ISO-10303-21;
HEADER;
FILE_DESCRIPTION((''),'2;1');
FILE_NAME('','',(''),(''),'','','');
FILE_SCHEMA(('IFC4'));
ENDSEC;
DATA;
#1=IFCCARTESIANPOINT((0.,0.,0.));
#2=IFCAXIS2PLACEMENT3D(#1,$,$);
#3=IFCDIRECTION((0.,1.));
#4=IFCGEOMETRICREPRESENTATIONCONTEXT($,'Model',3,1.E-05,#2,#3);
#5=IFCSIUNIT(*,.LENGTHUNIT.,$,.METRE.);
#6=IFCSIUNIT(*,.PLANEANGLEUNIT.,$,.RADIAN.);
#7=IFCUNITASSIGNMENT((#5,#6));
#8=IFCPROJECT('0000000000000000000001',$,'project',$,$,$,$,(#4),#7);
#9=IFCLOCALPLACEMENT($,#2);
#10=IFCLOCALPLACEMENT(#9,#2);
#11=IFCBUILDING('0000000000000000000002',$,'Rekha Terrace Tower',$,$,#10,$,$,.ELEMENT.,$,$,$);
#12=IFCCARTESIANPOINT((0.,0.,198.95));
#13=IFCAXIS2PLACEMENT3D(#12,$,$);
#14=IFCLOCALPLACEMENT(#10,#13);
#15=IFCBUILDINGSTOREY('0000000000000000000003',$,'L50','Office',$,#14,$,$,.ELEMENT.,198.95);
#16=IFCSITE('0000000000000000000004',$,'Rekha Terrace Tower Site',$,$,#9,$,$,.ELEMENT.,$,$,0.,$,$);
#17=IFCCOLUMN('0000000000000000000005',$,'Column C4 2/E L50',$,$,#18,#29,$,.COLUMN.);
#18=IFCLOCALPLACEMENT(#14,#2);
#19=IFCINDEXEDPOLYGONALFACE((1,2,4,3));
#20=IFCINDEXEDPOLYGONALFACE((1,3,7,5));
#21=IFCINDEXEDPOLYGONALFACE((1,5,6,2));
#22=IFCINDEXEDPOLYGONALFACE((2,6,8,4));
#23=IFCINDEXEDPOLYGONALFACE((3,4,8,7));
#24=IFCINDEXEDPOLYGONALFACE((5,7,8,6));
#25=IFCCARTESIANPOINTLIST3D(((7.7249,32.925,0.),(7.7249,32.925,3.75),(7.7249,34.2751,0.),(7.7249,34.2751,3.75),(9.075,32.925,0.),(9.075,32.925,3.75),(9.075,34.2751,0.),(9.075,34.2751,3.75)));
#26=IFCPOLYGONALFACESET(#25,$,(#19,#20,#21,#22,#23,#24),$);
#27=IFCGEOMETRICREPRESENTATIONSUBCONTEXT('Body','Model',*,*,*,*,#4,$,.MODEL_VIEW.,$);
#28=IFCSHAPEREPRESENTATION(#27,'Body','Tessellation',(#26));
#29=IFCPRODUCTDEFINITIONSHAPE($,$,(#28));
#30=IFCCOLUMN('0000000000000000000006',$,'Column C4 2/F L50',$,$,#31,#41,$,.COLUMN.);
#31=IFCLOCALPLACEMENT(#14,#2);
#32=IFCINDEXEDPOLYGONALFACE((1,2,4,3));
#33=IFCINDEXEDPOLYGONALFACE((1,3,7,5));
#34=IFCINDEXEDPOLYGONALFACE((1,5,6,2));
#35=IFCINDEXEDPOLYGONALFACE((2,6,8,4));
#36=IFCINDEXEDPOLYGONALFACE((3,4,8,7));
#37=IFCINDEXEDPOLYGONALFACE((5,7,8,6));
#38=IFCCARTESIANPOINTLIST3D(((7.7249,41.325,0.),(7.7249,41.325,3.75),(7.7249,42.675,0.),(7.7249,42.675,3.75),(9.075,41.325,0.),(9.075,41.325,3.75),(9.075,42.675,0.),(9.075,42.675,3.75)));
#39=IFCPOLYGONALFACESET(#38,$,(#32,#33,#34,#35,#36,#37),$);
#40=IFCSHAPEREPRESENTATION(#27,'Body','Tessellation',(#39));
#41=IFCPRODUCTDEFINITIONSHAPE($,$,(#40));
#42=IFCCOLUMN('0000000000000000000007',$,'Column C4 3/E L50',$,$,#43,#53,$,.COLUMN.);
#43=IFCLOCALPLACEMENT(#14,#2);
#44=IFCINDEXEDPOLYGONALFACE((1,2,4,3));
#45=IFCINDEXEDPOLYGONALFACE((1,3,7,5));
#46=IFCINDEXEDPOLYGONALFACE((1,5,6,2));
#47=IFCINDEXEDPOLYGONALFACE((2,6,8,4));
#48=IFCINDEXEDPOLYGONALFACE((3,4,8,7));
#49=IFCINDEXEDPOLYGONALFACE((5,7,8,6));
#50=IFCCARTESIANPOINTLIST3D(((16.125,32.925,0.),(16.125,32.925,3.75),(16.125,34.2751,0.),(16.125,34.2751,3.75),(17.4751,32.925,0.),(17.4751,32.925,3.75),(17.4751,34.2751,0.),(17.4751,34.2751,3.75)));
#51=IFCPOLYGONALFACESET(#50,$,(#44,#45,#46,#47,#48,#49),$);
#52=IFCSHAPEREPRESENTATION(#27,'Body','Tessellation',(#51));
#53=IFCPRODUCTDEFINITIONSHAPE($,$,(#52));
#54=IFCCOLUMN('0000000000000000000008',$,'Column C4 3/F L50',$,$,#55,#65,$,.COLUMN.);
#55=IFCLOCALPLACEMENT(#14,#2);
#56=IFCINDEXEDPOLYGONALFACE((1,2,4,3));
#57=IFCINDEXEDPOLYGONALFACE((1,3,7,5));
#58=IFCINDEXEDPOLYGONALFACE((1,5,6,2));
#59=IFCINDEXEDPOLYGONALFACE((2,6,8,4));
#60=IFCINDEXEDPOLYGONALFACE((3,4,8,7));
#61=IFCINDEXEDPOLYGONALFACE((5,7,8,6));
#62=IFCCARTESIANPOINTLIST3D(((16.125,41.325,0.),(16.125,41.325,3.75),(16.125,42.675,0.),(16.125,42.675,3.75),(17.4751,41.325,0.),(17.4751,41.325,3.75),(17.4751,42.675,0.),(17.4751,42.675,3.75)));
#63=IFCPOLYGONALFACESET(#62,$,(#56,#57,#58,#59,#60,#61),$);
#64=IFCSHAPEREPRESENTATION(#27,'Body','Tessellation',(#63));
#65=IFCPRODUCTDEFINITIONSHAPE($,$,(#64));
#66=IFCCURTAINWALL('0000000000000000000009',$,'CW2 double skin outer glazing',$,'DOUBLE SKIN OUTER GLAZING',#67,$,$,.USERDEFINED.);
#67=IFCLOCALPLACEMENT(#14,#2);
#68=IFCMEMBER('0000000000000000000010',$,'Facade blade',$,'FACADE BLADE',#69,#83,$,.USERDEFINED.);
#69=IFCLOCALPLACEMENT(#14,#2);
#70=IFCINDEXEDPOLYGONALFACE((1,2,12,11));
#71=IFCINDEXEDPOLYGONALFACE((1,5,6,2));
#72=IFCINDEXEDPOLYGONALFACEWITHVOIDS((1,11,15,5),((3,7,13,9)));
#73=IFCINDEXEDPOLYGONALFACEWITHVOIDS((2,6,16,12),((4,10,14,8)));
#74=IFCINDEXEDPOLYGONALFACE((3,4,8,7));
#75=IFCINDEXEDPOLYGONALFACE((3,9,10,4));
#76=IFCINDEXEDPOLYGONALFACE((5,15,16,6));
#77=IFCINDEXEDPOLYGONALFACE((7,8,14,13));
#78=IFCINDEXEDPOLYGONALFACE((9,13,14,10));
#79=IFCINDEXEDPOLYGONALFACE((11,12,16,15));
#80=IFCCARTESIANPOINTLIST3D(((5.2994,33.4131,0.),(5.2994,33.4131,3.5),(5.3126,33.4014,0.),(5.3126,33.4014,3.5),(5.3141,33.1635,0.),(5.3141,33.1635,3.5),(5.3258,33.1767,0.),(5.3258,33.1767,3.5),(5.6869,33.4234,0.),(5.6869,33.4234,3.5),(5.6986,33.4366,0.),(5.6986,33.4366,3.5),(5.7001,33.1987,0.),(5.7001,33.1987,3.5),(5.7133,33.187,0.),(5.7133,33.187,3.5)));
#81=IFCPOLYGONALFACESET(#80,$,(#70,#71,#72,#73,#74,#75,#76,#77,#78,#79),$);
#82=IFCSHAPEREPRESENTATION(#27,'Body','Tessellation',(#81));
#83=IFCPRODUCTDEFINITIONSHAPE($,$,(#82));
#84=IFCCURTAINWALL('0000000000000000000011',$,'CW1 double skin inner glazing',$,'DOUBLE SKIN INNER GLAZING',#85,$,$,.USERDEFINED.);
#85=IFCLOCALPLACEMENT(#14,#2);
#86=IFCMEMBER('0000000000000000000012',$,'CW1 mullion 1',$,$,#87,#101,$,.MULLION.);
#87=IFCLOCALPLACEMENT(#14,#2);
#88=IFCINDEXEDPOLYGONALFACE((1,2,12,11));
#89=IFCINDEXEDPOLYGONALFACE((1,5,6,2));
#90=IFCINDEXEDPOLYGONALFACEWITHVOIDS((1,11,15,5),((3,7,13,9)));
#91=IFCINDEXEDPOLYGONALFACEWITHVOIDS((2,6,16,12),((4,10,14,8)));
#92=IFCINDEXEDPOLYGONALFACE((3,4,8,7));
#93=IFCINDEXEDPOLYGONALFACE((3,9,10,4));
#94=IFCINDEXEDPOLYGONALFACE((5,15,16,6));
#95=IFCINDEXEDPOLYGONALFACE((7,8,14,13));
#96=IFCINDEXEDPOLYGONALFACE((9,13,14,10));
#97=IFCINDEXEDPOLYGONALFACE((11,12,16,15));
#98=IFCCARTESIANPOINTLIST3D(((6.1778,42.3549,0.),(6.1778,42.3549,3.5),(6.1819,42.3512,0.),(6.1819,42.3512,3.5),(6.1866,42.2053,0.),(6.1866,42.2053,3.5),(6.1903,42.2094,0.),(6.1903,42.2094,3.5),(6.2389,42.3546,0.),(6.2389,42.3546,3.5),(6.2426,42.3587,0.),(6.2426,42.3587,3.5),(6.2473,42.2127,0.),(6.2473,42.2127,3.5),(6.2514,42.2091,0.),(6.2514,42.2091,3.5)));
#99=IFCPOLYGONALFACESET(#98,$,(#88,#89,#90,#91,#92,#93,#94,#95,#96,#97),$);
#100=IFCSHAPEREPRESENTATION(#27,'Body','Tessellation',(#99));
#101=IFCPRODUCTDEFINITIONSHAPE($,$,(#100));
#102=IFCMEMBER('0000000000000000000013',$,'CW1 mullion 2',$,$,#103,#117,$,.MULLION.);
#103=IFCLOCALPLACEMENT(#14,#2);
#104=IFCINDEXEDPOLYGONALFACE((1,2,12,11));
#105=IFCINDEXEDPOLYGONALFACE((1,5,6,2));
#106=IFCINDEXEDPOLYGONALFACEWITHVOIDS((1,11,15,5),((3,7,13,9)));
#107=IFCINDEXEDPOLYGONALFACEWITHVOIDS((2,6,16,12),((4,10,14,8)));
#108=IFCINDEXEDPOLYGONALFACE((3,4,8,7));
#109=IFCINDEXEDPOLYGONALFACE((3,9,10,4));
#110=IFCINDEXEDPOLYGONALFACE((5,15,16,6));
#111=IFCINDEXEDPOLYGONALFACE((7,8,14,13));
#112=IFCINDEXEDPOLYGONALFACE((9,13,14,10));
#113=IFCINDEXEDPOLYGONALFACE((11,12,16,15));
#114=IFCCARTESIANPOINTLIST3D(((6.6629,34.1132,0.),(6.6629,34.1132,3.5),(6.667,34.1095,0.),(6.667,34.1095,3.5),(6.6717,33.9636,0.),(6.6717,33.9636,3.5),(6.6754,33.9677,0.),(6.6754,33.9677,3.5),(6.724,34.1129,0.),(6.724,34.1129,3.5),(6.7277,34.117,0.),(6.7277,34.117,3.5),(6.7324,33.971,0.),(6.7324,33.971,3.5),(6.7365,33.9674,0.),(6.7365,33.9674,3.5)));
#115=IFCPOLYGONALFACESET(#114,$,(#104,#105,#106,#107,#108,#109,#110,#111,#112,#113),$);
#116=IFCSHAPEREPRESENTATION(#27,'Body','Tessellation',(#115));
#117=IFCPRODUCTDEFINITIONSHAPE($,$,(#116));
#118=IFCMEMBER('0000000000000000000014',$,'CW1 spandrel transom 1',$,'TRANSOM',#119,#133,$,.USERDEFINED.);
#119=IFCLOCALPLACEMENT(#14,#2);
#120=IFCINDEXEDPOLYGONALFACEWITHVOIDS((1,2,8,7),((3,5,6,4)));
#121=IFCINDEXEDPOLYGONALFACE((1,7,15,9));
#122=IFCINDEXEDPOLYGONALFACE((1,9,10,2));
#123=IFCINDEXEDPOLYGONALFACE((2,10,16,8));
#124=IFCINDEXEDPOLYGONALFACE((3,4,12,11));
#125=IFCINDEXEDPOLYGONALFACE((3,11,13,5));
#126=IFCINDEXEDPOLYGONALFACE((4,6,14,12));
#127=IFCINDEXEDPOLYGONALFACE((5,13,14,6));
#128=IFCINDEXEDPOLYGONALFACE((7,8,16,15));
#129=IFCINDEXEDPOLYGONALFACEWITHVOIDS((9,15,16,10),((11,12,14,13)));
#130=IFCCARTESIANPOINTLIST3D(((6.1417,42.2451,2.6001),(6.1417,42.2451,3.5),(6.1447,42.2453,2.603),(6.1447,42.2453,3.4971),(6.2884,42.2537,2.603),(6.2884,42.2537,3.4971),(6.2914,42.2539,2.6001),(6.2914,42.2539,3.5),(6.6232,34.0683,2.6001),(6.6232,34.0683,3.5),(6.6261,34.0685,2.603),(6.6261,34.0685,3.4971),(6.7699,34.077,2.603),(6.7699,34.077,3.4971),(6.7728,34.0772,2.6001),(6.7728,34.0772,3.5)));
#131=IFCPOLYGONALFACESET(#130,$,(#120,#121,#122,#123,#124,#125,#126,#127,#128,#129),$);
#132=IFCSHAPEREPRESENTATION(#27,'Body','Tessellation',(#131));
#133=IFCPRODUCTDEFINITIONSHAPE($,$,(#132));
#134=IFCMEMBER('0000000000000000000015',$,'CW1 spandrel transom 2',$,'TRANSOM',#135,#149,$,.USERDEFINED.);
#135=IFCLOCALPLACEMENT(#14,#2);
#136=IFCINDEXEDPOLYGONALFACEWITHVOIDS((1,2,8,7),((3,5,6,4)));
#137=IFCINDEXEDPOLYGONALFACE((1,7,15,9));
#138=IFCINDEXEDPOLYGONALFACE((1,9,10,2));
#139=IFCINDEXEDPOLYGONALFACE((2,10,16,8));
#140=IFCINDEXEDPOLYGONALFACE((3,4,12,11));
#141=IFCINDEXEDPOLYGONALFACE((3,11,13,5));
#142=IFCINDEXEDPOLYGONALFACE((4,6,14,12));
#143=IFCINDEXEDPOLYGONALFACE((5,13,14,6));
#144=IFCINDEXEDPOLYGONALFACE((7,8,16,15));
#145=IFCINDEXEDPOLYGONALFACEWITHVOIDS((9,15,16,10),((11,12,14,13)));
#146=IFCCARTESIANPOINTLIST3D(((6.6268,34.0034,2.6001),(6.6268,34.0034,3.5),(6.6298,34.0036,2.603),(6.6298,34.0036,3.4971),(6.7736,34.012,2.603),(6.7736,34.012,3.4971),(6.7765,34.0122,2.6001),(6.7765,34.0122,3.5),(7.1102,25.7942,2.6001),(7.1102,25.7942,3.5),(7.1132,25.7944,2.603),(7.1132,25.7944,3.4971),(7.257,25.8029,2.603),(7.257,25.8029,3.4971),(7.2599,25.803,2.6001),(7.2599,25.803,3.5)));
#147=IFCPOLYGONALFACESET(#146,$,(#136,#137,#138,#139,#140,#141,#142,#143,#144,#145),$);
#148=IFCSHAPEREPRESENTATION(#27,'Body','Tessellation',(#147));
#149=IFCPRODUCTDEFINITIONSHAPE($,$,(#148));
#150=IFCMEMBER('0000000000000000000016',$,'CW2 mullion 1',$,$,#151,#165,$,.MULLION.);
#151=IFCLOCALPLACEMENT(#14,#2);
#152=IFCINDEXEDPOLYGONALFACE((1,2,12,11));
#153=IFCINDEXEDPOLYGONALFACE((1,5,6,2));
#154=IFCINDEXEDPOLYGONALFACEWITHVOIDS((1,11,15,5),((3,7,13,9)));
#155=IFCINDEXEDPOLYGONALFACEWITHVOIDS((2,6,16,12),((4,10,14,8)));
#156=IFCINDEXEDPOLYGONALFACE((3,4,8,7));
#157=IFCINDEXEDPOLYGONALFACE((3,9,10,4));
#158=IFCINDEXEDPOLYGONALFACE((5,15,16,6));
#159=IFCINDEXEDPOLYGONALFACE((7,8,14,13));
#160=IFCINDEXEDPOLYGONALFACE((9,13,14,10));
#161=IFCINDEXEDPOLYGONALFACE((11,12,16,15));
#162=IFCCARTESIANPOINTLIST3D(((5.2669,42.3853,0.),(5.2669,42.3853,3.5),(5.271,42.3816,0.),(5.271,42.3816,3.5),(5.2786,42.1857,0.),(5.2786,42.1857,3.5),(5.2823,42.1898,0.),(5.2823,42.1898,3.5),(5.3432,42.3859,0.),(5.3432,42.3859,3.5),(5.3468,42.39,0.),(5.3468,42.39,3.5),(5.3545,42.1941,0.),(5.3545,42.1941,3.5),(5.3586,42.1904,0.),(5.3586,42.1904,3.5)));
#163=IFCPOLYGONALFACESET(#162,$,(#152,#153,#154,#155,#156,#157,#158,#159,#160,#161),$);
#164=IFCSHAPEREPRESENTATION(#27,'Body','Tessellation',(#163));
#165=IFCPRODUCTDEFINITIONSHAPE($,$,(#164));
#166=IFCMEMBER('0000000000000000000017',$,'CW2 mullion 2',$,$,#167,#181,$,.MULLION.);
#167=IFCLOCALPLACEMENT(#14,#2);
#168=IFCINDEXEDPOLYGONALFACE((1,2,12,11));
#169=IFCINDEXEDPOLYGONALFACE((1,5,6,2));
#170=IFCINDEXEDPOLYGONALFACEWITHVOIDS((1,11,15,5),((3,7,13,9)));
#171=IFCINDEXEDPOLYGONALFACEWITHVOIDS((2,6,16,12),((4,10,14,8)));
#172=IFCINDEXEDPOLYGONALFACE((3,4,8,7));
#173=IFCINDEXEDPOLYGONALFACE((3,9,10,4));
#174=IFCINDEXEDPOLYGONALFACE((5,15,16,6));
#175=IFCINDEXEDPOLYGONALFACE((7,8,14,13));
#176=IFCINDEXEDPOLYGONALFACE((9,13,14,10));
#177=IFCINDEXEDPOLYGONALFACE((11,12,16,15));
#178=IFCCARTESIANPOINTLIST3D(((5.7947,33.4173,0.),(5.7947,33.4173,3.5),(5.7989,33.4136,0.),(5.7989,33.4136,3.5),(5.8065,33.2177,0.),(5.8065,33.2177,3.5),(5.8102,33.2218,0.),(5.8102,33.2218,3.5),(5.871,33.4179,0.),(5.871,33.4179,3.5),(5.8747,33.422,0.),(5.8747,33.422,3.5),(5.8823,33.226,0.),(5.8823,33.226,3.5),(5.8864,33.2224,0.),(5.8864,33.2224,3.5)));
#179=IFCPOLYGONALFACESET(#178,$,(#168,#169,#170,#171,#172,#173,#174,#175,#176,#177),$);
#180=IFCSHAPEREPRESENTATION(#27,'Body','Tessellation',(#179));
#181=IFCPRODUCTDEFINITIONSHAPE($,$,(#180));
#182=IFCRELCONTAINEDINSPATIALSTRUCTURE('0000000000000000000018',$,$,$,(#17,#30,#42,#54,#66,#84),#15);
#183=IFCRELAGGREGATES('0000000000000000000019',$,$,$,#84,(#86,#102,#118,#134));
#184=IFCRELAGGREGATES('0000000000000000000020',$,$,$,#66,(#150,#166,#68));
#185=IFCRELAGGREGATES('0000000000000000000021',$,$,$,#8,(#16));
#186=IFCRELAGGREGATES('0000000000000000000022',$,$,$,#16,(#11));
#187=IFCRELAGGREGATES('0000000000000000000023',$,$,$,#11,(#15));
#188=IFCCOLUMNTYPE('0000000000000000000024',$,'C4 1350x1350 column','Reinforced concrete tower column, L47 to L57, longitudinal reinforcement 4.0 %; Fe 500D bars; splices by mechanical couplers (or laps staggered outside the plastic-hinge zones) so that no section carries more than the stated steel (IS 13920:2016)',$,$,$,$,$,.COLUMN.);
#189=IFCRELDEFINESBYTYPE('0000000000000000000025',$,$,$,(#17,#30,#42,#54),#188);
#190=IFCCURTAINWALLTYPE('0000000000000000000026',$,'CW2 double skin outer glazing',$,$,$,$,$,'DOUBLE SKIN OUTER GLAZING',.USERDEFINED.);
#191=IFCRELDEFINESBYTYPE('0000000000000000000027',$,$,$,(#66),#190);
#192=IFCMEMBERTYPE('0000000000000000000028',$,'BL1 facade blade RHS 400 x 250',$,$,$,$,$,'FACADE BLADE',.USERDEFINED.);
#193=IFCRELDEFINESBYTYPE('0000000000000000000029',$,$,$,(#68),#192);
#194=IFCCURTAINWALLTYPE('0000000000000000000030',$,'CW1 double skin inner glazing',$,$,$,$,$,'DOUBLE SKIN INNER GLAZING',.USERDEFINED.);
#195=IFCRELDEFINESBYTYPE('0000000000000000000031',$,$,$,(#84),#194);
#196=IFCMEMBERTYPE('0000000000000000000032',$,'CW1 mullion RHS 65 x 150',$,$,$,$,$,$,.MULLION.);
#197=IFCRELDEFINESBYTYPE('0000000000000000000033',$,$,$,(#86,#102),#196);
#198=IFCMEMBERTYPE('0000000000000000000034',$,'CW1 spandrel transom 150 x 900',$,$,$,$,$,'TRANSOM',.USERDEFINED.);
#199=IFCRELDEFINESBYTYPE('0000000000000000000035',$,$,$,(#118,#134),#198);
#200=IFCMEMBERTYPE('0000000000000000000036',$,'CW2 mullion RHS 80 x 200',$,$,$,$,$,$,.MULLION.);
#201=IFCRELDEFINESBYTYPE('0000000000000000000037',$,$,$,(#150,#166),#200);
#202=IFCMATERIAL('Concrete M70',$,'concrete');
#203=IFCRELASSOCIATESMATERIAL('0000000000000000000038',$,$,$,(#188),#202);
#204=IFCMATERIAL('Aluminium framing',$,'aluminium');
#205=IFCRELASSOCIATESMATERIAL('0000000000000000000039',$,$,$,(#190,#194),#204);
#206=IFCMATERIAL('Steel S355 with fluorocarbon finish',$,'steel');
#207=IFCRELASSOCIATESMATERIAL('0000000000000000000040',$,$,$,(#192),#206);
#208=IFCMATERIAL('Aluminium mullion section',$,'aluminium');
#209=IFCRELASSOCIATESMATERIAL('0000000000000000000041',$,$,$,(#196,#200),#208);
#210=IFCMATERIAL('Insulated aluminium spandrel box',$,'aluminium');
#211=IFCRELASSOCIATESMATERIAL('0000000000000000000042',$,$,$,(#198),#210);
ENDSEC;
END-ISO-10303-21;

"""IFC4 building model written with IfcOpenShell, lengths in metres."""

from ifc_helpers import new_model, si_unit, direction, frame, origin, origin_2d, place, context, subcontext, project, spatial, rectangle, hollow_rectangle, extrude, material, material_profile, profile_set, type_object, element, aggregate, save


model = new_model("IFC4")

# Units and contexts
model_context = context("Model", 3, precision=1e-05, world=origin(), true_north=direction((0.0, 1.0)))
body_context = subcontext(model_context, "Body", "Model", "MODEL_VIEW")
ifc_project = project(units=[si_unit("LENGTHUNIT", "METRE"), si_unit("PLANEANGLEUNIT", "RADIAN")], contexts=[model_context])

# Site, building, storey
site_placement = place(None, origin())
site = spatial("IfcSite", under=ifc_project, at=site_placement, Name="Rekha Terrace Tower Site", CompositionType="ELEMENT", RefElevation=0.0)
building_placement = place(site_placement, origin())
building = spatial("IfcBuilding", under=site, at=building_placement, Name="Rekha Terrace Tower", CompositionType="ELEMENT")
storey_placement = place(building_placement, frame((0.0, 0.0, 198.95)))
storey = spatial("IfcBuildingStorey", under=building, at=storey_placement, Name="L50", Description="Office", CompositionType="ELEMENT", Elevation=198.95)

# Columns
ifc_material_1 = material(Name="Concrete M70", Category="concrete")
ifc_material_profile_1 = material_profile(ifc_material_1, rectangle(XDim=1.3501, YDim=1.3501, at=origin_2d()), Name="RC 1350x1350")
ifc_profile_set_1 = profile_set([ifc_material_profile_1], Name="Concrete M70")
column_type = type_object("IfcColumnType", Name="C4 1350x1350 column", Description="Reinforced concrete tower column, L47 to L57, longitudinal reinforcement 4.0 %; Fe 500D bars; splices by mechanical couplers (or laps staggered outside the plastic-hinge zones) so that no section carries more than the stated steel (IS 13920:2016)", PredefinedType="COLUMN", material=ifc_profile_set_1)
for number, where, z_axis, x_axis, name in (
    (1, (8.3999, 33.6001, 0.0), (0.0, 0.0, 1.0), (1.0, 0.0, 0.0), "Column C4 2/E L50"),
    (2, (8.3999, 42.0, 0.0), (0.0, 0.0, 1.0), (1.0, 0.0, 0.0), "Column C4 2/F L50"),
    (3, (16.8, 33.6001, 0.0), (0.0, 0.0, 1.0), (1.0, 0.0, 0.0), "Column C4 3/E L50"),
    (4, (16.8, 42.0, 0.0), (0.0, 0.0, 1.0), (1.0, 0.0, 0.0), "Column C4 3/F L50"),
):
    element("IfcColumn", number, at=place(storey_placement, frame(where, z_axis=z_axis, x_axis=x_axis)), inside=storey, type_object=column_type, Name=name, PredefinedType="COLUMN", context=body_context, shape_type="SweptSolid", body=[
        extrude(rectangle(XDim=1.3501, YDim=1.3501, at=origin_2d()), origin(), (0.0, 0.0, 1.0), 3.75),
    ])

# Curtain wall, member
ifc_material_2 = material(Name="Aluminium framing", Category="aluminium")
curtain_wall_type_1 = type_object("IfcCurtainWallType", Name="CW2 double skin outer glazing", ElementType="DOUBLE SKIN OUTER GLAZING", PredefinedType="USERDEFINED", material=ifc_material_2)
curtain_wall_1_placement = place(storey_placement, origin())
curtain_wall_1 = element("IfcCurtainWall", 5, at=curtain_wall_1_placement, inside=storey, type_object=curtain_wall_type_1, Name="CW2 double skin outer glazing", ObjectType="DOUBLE SKIN OUTER GLAZING", PredefinedType="USERDEFINED")
ifc_material_3 = material(Name="Steel S355 with fluorocarbon finish", Category="steel")
ifc_material_profile_2 = material_profile(ifc_material_3, hollow_rectangle(XDim=0.25, YDim=0.3999, WallThickness=0.0125, at=origin_2d()), Name="RHS400x250x12.5")
ifc_profile_set_2 = profile_set([ifc_material_profile_2], Name="Steel S355 with fluorocarbon finish")
member_type_1 = type_object("IfcMemberType", Name="BL1 facade blade RHS 400 x 250", ElementType="FACADE BLADE", PredefinedType="USERDEFINED", material=ifc_profile_set_2)
member_1_placement = place(storey_placement, frame((5.5063, 33.3, 0.0), z_axis=(0.0, 0.0, 1.0), x_axis=(0.058765, -0.998272, 0.0)))
member_1 = element("IfcMember", 6, at=member_1_placement, type_object=member_type_1, Name="Facade blade", ObjectType="FACADE BLADE", PredefinedType="USERDEFINED", context=body_context, shape_type="SweptSolid", body=[
    extrude(hollow_rectangle(XDim=0.25, YDim=0.3999, WallThickness=0.0125, at=origin_2d()), origin(), (0.0, 0.0, 1.0), 3.5),
])

# Curtain wall, members
curtain_wall_type_2 = type_object("IfcCurtainWallType", Name="CW1 double skin inner glazing", ElementType="DOUBLE SKIN INNER GLAZING", PredefinedType="USERDEFINED", material=ifc_material_2)
curtain_wall_2_placement = place(storey_placement, origin())
curtain_wall_2 = element("IfcCurtainWall", 7, at=curtain_wall_2_placement, inside=storey, type_object=curtain_wall_type_2, Name="CW1 double skin inner glazing", ObjectType="DOUBLE SKIN INNER GLAZING", PredefinedType="USERDEFINED")
ifc_material_4 = material(Name="Aluminium mullion section", Category="aluminium")
ifc_material_profile_3 = material_profile(ifc_material_4, hollow_rectangle(XDim=0.0649, YDim=0.1499, WallThickness=0.0039, at=origin_2d()), Name="AL RHS 65x150")
ifc_profile_set_3 = profile_set([ifc_material_profile_3], Name="Aluminium mullion section")
member_type_2 = type_object("IfcMemberType", Name="CW1 mullion RHS 65 x 150", PredefinedType="MULLION", material=ifc_profile_set_3)
member_2_placement = place(storey_placement, frame((6.2146, 42.282, 0.0), z_axis=(0.0, 0.0, 1.0), x_axis=(0.998272, 0.058765, 0.0)))
member_2 = element("IfcMember", 8, at=member_2_placement, type_object=member_type_2, Name="CW1 mullion 1", PredefinedType="MULLION", context=body_context, shape_type="SweptSolid", body=[
    extrude(hollow_rectangle(XDim=0.0649, YDim=0.1499, WallThickness=0.0039, at=origin_2d()), origin(), (0.0, 0.0, 1.0), 3.5),
])
member_3_placement = place(storey_placement, frame((6.6997, 34.0403, 0.0), z_axis=(0.0, 0.0, 1.0), x_axis=(0.998272, 0.058765, 0.0)))
member_3 = element("IfcMember", 9, at=member_3_placement, type_object=member_type_2, Name="CW1 mullion 2", PredefinedType="MULLION", context=body_context, shape_type="SweptSolid", body=[
    extrude(hollow_rectangle(XDim=0.0649, YDim=0.1499, WallThickness=0.0039, at=origin_2d()), origin(), (0.0, 0.0, 1.0), 3.5),
])
ifc_material_5 = material(Name="Insulated aluminium spandrel box", Category="aluminium")
ifc_material_profile_4 = material_profile(ifc_material_5, hollow_rectangle(XDim=0.1499, YDim=0.8999, WallThickness=0.0029, at=origin_2d()), Name="AL SPANDREL BOX 150x900")
ifc_profile_set_4 = profile_set([ifc_material_profile_4], Name="Insulated aluminium spandrel box")
member_type_3 = type_object("IfcMemberType", Name="CW1 spandrel transom 150 x 900", ElementType="TRANSOM", PredefinedType="USERDEFINED", material=ifc_profile_set_4)
member_4_placement = place(storey_placement, frame((6.2166, 42.2495, 3.05), z_axis=(0.058778, -0.998271, 0.0), x_axis=(0.998271, 0.058778, 0.0)))
member_4 = element("IfcMember", 10, at=member_4_placement, type_object=member_type_3, Name="CW1 spandrel transom 1", ObjectType="TRANSOM", PredefinedType="USERDEFINED", context=body_context, shape_type="SweptSolid", body=[
    extrude(hollow_rectangle(XDim=0.1499, YDim=0.8999, WallThickness=0.0029, at=origin_2d()), origin(), (0.0, 0.0, 1.0), 8.1909),
])
member_5_placement = place(storey_placement, frame((6.7017, 34.0078, 3.05), z_axis=(0.058783, -0.998271, 0.0), x_axis=(0.998271, 0.058783, 0.0)))
member_5 = element("IfcMember", 11, at=member_5_placement, type_object=member_type_3, Name="CW1 spandrel transom 2", ObjectType="TRANSOM", PredefinedType="USERDEFINED", context=body_context, shape_type="SweptSolid", body=[
    extrude(hollow_rectangle(XDim=0.1499, YDim=0.8999, WallThickness=0.0029, at=origin_2d()), origin(), (0.0, 0.0, 1.0), 8.2234),
])

# Members
ifc_material_profile_5 = material_profile(ifc_material_4, hollow_rectangle(XDim=0.0801, YDim=0.2, WallThickness=0.0039, at=origin_2d()), Name="AL RHS 80x200")
ifc_profile_set_5 = profile_set([ifc_material_profile_5], Name="Aluminium mullion section")
member_type_4 = type_object("IfcMemberType", Name="CW2 mullion RHS 80 x 200", PredefinedType="MULLION", material=ifc_profile_set_5)
member_6_placement = place(storey_placement, frame((5.3127, 42.2878, 0.0), z_axis=(0.0, 0.0, 1.0), x_axis=(0.998272, 0.058765, 0.0)))
member_6 = element("IfcMember", 12, at=member_6_placement, type_object=member_type_4, Name="CW2 mullion 1", PredefinedType="MULLION", context=body_context, shape_type="SweptSolid", body=[
    extrude(hollow_rectangle(XDim=0.0801, YDim=0.2, WallThickness=0.0039, at=origin_2d()), origin(), (0.0, 0.0, 1.0), 3.5),
])
member_7_placement = place(storey_placement, frame((5.8406, 33.3198, 0.0), z_axis=(0.0, 0.0, 1.0), x_axis=(0.998272, 0.058765, 0.0)))
member_7 = element("IfcMember", 13, at=member_7_placement, type_object=member_type_4, Name="CW2 mullion 2", PredefinedType="MULLION", context=body_context, shape_type="SweptSolid", body=[
    extrude(hollow_rectangle(XDim=0.0801, YDim=0.2, WallThickness=0.0039, at=origin_2d()), origin(), (0.0, 0.0, 1.0), 3.5),
])

aggregate(curtain_wall_2, [member_2, member_3, member_4, member_5])
aggregate(curtain_wall_1, [member_6, member_7, member_1])

save(model, "model.ifc")
